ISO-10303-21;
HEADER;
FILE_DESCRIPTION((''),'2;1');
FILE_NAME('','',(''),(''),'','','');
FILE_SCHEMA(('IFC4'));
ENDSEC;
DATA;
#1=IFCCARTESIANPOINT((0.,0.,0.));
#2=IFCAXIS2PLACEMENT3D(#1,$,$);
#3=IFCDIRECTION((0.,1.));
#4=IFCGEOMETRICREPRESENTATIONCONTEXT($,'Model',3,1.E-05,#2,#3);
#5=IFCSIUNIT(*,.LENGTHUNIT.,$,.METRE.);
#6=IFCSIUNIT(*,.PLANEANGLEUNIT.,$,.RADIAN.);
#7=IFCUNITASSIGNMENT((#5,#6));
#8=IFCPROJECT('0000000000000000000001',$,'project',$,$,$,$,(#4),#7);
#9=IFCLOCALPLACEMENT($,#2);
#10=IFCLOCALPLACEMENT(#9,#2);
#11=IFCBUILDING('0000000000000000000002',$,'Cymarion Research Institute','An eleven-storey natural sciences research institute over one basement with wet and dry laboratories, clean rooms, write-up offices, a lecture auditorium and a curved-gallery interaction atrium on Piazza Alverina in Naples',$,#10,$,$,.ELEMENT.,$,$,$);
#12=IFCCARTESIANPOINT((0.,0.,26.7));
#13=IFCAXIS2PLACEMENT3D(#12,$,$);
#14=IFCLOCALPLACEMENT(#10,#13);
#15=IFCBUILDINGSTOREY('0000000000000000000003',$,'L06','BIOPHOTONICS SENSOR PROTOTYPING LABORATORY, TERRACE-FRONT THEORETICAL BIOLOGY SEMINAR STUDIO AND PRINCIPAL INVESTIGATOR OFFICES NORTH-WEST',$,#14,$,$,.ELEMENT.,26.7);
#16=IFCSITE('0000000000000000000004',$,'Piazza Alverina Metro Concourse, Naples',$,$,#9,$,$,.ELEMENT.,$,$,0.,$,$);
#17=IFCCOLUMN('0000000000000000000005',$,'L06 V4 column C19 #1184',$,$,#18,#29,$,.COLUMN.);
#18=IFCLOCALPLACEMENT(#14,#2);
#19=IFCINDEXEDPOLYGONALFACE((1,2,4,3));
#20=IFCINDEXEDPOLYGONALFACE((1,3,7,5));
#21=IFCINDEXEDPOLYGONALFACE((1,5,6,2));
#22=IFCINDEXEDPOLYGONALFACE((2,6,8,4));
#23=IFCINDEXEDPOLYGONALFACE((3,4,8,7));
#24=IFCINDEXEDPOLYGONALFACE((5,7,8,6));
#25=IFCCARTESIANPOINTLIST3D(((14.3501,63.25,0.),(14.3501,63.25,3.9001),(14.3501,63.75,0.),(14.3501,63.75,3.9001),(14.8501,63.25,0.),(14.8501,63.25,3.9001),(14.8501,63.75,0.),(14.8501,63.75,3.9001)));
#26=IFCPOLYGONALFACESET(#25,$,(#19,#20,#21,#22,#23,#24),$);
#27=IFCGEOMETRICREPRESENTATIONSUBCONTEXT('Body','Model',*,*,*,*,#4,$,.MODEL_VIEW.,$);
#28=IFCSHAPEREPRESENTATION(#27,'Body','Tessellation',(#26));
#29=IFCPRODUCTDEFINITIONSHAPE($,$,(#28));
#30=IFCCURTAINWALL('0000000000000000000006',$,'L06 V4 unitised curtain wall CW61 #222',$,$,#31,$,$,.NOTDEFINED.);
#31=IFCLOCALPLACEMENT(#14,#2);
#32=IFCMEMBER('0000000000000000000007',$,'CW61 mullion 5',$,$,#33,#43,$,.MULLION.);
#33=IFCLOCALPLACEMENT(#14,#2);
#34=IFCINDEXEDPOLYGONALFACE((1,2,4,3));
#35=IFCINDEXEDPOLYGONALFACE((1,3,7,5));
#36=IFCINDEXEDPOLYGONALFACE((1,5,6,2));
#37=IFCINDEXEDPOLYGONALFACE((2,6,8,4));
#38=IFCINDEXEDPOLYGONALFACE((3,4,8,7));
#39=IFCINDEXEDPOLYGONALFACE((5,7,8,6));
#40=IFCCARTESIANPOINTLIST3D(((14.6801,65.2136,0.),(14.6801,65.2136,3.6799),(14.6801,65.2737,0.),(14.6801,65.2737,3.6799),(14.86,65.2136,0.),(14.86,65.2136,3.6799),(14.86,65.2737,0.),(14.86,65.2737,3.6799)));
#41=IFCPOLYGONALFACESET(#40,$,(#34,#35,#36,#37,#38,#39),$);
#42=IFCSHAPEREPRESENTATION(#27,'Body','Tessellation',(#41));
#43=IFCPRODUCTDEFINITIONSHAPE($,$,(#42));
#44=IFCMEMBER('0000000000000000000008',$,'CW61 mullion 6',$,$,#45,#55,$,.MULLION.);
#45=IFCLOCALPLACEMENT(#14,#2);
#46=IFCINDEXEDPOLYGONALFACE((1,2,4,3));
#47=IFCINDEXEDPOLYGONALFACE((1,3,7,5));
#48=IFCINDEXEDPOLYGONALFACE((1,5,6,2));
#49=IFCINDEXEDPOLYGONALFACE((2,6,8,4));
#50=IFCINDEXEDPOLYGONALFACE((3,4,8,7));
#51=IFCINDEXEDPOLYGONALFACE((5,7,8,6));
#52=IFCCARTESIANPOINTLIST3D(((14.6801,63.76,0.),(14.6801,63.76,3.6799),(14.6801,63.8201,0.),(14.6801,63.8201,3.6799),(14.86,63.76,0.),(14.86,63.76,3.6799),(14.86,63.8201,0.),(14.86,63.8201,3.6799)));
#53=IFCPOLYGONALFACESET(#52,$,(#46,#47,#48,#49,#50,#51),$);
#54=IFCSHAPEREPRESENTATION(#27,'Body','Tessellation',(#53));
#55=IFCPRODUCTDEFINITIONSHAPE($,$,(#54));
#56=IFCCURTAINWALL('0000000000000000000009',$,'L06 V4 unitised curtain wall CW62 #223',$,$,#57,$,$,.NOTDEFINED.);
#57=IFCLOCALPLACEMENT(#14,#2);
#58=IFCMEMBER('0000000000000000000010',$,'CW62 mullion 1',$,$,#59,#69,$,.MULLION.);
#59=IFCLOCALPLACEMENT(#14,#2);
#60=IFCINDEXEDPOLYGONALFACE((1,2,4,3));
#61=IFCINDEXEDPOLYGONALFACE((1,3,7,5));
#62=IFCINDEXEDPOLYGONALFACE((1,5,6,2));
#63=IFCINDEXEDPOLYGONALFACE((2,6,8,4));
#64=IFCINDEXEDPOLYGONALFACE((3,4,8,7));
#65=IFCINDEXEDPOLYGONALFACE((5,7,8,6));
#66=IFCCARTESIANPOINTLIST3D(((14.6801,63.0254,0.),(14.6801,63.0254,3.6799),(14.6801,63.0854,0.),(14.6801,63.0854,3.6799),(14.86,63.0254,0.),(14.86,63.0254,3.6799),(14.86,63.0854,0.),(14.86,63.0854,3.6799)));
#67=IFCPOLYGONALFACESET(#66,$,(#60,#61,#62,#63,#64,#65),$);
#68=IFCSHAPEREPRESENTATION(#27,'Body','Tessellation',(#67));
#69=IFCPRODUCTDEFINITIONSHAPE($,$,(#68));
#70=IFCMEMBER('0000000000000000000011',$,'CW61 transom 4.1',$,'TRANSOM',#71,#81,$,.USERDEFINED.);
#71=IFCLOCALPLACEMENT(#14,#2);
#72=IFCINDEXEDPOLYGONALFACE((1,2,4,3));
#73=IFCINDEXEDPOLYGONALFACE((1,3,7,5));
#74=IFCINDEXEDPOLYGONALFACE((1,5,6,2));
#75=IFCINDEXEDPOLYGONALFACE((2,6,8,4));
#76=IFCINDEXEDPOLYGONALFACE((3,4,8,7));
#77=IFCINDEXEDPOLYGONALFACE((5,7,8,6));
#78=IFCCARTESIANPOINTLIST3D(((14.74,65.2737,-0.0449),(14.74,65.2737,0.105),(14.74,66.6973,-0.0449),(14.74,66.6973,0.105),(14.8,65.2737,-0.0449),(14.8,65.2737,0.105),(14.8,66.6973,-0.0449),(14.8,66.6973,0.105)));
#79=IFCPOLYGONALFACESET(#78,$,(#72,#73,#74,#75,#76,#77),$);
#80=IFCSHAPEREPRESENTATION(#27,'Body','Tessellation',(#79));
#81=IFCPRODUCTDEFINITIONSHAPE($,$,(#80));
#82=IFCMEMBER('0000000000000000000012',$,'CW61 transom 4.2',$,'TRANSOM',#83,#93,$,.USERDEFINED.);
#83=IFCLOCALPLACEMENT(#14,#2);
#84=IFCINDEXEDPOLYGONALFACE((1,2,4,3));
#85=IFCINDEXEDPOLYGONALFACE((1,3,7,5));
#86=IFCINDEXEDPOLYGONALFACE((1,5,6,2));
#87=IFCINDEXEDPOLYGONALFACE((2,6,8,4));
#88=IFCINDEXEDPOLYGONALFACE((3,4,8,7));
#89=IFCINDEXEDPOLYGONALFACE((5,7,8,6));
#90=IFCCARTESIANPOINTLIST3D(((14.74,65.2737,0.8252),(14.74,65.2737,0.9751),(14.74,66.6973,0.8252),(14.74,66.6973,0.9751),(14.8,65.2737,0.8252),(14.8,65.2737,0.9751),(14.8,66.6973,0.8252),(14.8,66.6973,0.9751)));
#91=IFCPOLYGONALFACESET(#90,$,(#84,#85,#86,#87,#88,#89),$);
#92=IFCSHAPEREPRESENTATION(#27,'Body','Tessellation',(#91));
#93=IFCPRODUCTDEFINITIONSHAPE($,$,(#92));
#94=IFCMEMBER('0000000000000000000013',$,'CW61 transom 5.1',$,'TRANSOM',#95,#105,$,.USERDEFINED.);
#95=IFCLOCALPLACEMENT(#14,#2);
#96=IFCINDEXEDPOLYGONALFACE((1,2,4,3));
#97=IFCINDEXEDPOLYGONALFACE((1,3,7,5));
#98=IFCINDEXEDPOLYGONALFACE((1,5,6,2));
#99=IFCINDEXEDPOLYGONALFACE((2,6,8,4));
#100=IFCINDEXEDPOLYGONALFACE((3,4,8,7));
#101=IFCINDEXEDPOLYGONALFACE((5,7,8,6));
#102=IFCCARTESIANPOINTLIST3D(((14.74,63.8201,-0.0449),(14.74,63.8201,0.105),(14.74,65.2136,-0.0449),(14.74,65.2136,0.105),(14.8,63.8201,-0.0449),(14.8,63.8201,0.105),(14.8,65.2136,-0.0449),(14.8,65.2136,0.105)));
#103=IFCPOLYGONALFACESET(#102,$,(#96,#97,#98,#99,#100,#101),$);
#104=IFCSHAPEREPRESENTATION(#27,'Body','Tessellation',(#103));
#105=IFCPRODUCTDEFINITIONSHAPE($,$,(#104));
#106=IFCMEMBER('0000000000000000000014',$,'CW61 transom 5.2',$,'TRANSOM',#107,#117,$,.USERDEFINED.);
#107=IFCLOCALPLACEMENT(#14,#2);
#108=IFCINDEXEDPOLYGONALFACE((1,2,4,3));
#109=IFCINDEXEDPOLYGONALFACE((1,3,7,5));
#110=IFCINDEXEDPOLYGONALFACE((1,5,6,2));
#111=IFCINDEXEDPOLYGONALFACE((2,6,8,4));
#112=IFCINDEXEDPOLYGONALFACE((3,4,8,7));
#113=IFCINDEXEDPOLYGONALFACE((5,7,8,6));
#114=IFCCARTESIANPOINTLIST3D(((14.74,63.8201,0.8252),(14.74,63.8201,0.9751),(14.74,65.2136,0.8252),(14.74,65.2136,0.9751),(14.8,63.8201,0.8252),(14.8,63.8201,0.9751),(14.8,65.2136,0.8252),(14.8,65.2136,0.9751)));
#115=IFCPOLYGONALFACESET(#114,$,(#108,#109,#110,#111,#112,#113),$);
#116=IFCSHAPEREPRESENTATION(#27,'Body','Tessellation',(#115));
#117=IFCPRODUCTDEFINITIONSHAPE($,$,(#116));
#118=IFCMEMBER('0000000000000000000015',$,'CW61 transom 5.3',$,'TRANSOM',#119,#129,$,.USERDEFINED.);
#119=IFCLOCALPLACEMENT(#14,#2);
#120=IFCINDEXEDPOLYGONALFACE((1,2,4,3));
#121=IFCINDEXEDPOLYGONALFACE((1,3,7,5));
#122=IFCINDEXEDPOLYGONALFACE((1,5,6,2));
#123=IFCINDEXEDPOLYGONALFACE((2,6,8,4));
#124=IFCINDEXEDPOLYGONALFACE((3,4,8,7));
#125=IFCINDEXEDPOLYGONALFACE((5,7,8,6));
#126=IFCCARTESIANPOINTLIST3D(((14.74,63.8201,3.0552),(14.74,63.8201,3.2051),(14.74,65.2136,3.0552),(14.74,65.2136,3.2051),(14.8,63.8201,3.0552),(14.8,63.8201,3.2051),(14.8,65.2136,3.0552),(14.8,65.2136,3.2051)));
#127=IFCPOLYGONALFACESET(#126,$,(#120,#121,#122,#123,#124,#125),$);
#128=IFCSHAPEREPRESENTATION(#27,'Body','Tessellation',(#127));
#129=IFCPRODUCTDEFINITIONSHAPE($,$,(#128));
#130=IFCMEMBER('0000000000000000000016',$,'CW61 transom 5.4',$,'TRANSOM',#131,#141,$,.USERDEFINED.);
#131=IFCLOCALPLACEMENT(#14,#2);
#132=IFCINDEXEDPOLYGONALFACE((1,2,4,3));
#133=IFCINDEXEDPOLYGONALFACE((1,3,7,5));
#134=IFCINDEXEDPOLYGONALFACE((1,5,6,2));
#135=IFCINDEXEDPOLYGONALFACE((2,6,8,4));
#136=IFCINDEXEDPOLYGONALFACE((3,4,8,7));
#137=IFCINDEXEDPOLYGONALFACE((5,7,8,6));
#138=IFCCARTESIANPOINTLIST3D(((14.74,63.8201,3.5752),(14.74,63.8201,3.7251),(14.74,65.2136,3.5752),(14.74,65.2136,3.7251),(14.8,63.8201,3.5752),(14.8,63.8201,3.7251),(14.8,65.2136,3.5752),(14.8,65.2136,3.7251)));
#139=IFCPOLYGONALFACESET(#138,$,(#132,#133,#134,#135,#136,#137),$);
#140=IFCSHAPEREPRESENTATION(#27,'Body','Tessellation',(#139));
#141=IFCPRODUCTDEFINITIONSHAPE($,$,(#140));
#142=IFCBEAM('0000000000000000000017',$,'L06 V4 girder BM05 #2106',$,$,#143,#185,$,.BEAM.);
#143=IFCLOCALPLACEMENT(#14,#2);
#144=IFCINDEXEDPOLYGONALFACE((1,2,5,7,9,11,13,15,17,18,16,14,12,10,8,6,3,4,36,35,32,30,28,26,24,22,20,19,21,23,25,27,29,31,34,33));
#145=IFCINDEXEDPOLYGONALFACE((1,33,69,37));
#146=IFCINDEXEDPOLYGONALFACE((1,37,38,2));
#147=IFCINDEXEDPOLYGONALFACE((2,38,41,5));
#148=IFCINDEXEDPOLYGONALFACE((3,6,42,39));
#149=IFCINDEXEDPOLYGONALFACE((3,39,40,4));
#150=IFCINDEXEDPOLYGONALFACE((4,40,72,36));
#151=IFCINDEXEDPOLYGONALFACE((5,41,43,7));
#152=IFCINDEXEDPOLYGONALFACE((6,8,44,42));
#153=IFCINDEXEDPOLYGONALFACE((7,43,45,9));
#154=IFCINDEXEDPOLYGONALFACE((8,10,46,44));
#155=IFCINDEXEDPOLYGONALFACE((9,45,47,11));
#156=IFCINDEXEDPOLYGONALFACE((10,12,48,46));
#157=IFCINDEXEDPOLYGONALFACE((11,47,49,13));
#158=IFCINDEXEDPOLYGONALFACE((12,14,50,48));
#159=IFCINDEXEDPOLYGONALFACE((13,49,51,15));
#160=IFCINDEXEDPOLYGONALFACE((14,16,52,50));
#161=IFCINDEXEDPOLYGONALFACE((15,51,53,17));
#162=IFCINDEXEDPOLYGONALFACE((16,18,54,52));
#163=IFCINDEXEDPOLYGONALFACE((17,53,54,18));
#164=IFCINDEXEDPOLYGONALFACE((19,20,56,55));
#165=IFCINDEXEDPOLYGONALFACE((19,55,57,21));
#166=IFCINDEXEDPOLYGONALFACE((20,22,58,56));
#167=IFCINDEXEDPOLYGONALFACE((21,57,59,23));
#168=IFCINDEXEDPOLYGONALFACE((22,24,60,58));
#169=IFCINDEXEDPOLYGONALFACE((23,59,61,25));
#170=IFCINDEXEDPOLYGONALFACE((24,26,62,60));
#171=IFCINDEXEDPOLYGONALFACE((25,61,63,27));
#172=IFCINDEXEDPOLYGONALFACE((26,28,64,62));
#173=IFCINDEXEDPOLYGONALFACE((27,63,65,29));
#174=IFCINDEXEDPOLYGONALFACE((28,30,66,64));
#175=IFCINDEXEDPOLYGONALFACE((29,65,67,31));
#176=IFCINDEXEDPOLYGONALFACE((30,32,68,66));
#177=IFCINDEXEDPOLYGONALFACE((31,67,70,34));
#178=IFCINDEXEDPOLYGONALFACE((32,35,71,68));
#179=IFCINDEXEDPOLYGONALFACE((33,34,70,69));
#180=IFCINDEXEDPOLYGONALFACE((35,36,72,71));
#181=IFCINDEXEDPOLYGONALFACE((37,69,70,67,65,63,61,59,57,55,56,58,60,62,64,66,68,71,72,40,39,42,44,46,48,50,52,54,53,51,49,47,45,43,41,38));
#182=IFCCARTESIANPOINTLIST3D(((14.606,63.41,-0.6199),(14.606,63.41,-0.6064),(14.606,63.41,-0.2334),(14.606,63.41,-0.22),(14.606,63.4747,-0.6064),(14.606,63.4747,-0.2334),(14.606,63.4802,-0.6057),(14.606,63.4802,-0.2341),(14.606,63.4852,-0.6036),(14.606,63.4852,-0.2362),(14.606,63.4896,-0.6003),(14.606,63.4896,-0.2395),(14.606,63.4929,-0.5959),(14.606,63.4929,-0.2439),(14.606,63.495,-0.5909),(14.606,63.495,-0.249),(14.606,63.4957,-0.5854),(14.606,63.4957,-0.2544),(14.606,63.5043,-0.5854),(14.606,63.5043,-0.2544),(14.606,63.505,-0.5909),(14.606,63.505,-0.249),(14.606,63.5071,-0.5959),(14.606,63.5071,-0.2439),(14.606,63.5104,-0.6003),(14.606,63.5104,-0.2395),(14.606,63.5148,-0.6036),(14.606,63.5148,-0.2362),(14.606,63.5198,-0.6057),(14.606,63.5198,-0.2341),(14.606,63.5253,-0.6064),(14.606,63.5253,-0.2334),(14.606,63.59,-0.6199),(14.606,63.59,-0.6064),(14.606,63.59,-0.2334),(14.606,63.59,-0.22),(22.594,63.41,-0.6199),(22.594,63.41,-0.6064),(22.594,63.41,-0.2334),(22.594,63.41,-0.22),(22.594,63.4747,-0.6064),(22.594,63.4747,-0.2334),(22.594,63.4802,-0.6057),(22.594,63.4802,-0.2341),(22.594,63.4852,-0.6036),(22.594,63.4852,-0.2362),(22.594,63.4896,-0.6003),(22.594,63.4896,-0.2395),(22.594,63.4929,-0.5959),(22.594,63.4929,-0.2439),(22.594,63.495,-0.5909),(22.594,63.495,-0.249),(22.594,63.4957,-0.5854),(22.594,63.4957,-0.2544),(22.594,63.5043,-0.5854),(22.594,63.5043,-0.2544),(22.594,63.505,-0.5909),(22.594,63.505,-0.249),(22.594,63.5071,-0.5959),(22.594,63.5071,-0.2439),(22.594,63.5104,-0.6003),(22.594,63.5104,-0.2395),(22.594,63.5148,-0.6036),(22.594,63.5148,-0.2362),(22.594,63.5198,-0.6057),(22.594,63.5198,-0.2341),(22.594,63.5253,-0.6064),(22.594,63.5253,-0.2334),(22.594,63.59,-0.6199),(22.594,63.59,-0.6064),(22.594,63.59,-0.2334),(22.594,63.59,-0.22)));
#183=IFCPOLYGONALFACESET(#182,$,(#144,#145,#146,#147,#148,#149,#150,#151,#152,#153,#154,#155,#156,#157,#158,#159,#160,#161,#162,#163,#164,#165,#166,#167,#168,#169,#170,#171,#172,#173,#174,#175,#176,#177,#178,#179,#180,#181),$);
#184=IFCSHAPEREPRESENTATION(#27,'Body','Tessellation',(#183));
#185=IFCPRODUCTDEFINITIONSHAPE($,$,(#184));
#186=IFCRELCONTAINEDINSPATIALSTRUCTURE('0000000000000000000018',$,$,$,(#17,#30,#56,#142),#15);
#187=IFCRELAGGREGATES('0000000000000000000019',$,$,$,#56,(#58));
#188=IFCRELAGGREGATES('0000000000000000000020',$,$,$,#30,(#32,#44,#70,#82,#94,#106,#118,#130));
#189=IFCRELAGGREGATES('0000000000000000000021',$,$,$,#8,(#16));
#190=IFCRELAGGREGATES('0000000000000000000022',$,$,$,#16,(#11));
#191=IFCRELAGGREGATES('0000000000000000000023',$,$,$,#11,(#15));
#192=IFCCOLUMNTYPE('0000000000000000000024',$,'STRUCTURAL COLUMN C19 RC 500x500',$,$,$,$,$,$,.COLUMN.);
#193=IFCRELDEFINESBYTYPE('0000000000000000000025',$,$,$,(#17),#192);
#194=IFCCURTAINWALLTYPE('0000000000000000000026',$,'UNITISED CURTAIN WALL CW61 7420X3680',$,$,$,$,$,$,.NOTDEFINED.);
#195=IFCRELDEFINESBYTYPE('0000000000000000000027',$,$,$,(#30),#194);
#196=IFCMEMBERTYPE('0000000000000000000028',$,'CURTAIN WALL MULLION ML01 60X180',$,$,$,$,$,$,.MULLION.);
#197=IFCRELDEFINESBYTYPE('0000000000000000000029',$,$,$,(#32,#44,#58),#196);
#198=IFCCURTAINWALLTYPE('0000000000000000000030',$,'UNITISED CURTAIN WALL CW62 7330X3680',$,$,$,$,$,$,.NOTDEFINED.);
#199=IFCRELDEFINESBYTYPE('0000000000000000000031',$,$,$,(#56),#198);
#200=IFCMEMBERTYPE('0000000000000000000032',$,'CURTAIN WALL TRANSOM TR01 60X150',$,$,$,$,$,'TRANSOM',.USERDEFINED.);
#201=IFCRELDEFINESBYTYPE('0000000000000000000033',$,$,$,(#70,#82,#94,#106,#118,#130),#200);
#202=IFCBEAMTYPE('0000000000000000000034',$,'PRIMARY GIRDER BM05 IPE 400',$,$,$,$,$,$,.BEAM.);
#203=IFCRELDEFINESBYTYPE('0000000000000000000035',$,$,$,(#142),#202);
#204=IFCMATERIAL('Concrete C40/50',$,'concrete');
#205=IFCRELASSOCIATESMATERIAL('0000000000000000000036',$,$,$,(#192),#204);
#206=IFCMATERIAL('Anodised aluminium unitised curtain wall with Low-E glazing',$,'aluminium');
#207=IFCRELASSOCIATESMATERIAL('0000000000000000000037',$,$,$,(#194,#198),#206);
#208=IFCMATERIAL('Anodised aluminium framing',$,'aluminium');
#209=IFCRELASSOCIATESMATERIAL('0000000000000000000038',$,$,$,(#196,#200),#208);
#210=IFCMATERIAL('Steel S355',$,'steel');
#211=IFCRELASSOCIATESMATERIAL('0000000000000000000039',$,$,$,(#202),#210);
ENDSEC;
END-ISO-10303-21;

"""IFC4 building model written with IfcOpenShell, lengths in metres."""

from ifc_helpers import new_model, si_unit, direction, frame, origin, origin_2d, place, context, subcontext, project, spatial, rectangle, i_section, extrude, material, material_profile, profile_set, type_object, element, aggregate, save


model = new_model("IFC4")

# Units and contexts
model_context = context("Model", 3, precision=1e-05, world=origin(), true_north=direction((0.0, 1.0)))
body_context = subcontext(model_context, "Body", "Model", "MODEL_VIEW")
ifc_project = project(units=[si_unit("LENGTHUNIT", "METRE"), si_unit("PLANEANGLEUNIT", "RADIAN")], contexts=[model_context])

# Site, building, storey
site_placement = place(None, origin())
site = spatial("IfcSite", under=ifc_project, at=site_placement, Name="Piazza Alverina Metro Concourse, Naples", CompositionType="ELEMENT", RefElevation=0.0)
building_placement = place(site_placement, origin())
building = spatial("IfcBuilding", under=site, at=building_placement, Name="Cymarion Research Institute", Description="An eleven-storey natural sciences research institute over one basement with wet and dry laboratories, clean rooms, write-up offices, a lecture auditorium and a curved-gallery interaction atrium on Piazza Alverina in Naples", CompositionType="ELEMENT")
storey_placement = place(building_placement, frame((0.0, 0.0, 26.7)))
storey = spatial("IfcBuildingStorey", under=building, at=storey_placement, Name="L06", Description="BIOPHOTONICS SENSOR PROTOTYPING LABORATORY, TERRACE-FRONT THEORETICAL BIOLOGY SEMINAR STUDIO AND PRINCIPAL INVESTIGATOR OFFICES NORTH-WEST", CompositionType="ELEMENT", Elevation=26.7)

# Column
ifc_material_1 = material(Name="Concrete C40/50", Category="concrete")
ifc_material_profile_1 = material_profile(ifc_material_1, rectangle(XDim=0.5, YDim=0.5, at=origin_2d()), Name="RC 500x500")
ifc_profile_set_1 = profile_set([ifc_material_profile_1], Name="Concrete C40/50")
column_type = type_object("IfcColumnType", Name="STRUCTURAL COLUMN C19 RC 500x500", PredefinedType="COLUMN", material=ifc_profile_set_1)
column_placement = place(storey_placement, frame((14.6001, 63.5, 0.0), z_axis=(0.0, 0.0, 1.0), x_axis=(1.0, 0.0, 0.0)))
element("IfcColumn", 1, at=column_placement, inside=storey, type_object=column_type, Name="L06 V4 column C19 #1184", PredefinedType="COLUMN", context=body_context, shape_type="SweptSolid", body=[
    extrude(rectangle(XDim=0.5, YDim=0.5, at=origin_2d()), origin(), (0.0, 0.0, 1.0), 3.9001),
])

# Curtain wall, members
ifc_material_2 = material(Name="Anodised aluminium unitised curtain wall with Low-E glazing", Category="aluminium")
curtain_wall_type_1 = type_object("IfcCurtainWallType", Name="UNITISED CURTAIN WALL CW61 7420X3680", PredefinedType="NOTDEFINED", material=ifc_material_2)
curtain_wall_1_placement = place(storey_placement, origin())
curtain_wall_1 = element("IfcCurtainWall", 2, at=curtain_wall_1_placement, inside=storey, type_object=curtain_wall_type_1, Name="L06 V4 unitised curtain wall CW61 #222", PredefinedType="NOTDEFINED")
ifc_material_3 = material(Name="Anodised aluminium framing", Category="aluminium")
ifc_material_profile_2 = material_profile(ifc_material_3, rectangle(XDim=0.0601, YDim=0.1799, at=origin_2d()), Name="ALU MULLION 60x180")
ifc_profile_set_2 = profile_set([ifc_material_profile_2], Name="Anodised aluminium framing")
member_type_1 = type_object("IfcMemberType", Name="CURTAIN WALL MULLION ML01 60X180", PredefinedType="MULLION", material=ifc_profile_set_2)
member_1_placement = place(storey_placement, frame((14.77, 65.2437, 0.0), z_axis=(0.0, 0.0, 1.0), x_axis=(0.0, -1.0, 0.0)))
member_1 = element("IfcMember", 3, at=member_1_placement, type_object=member_type_1, Name="CW61 mullion 5", PredefinedType="MULLION", context=body_context, shape_type="SweptSolid", body=[
    extrude(rectangle(XDim=0.0601, YDim=0.1799, at=origin_2d()), origin(), (0.0, 0.0, 1.0), 3.6799),
])
member_2_placement = place(storey_placement, frame((14.77, 63.79, 0.0), z_axis=(0.0, 0.0, 1.0), x_axis=(0.0, -1.0, 0.0)))
member_2 = element("IfcMember", 4, at=member_2_placement, type_object=member_type_1, Name="CW61 mullion 6", PredefinedType="MULLION", context=body_context, shape_type="SweptSolid", body=[
    extrude(rectangle(XDim=0.0601, YDim=0.1799, at=origin_2d()), origin(), (0.0, 0.0, 1.0), 3.6799),
])

# Curtain wall, member
curtain_wall_type_2 = type_object("IfcCurtainWallType", Name="UNITISED CURTAIN WALL CW62 7330X3680", PredefinedType="NOTDEFINED", material=ifc_material_2)
curtain_wall_2_placement = place(storey_placement, origin())
curtain_wall_2 = element("IfcCurtainWall", 5, at=curtain_wall_2_placement, inside=storey, type_object=curtain_wall_type_2, Name="L06 V4 unitised curtain wall CW62 #223", PredefinedType="NOTDEFINED")
member_3_placement = place(storey_placement, frame((14.77, 63.0554, 0.0), z_axis=(0.0, 0.0, 1.0), x_axis=(0.0, -1.0, 0.0)))
member_3 = element("IfcMember", 6, at=member_3_placement, type_object=member_type_1, Name="CW62 mullion 1", PredefinedType="MULLION", context=body_context, shape_type="SweptSolid", body=[
    extrude(rectangle(XDim=0.0601, YDim=0.1799, at=origin_2d()), origin(), (0.0, 0.0, 1.0), 3.6799),
])
aggregate(curtain_wall_2, [member_3])

# Members
ifc_material_profile_3 = material_profile(ifc_material_3, rectangle(XDim=0.0601, YDim=0.1499, at=origin_2d()), Name="ALU TRANSOM 60x150")
ifc_profile_set_3 = profile_set([ifc_material_profile_3], Name="Anodised aluminium framing")
member_type_2 = type_object("IfcMemberType", Name="CURTAIN WALL TRANSOM TR01 60X150", ElementType="TRANSOM", PredefinedType="USERDEFINED", material=ifc_profile_set_3)
member_4_placement = place(storey_placement, frame((14.77, 66.6973, 0.03), z_axis=(0.0, -1.0, 0.0), x_axis=(1.0, 0.0, 0.0)))
member_4 = element("IfcMember", 7, at=member_4_placement, type_object=member_type_2, Name="CW61 transom 4.1", ObjectType="TRANSOM", PredefinedType="USERDEFINED", context=body_context, shape_type="SweptSolid", body=[
    extrude(rectangle(XDim=0.0601, YDim=0.1499, at=origin_2d()), origin(), (0.0, 0.0, 1.0), 1.4236),
])
member_5_placement = place(storey_placement, frame((14.77, 66.6973, 0.9001), z_axis=(0.0, -1.0, 0.0), x_axis=(1.0, 0.0, 0.0)))
member_5 = element("IfcMember", 8, at=member_5_placement, type_object=member_type_2, Name="CW61 transom 4.2", ObjectType="TRANSOM", PredefinedType="USERDEFINED", context=body_context, shape_type="SweptSolid", body=[
    extrude(rectangle(XDim=0.0601, YDim=0.1499, at=origin_2d()), origin(), (0.0, 0.0, 1.0), 1.4236),
])
member_6_placement = place(storey_placement, frame((14.77, 65.2136, 0.03), z_axis=(0.0, -1.0, 0.0), x_axis=(1.0, 0.0, 0.0)))
member_6 = element("IfcMember", 9, at=member_6_placement, type_object=member_type_2, Name="CW61 transom 5.1", ObjectType="TRANSOM", PredefinedType="USERDEFINED", context=body_context, shape_type="SweptSolid", body=[
    extrude(rectangle(XDim=0.0601, YDim=0.1499, at=origin_2d()), origin(), (0.0, 0.0, 1.0), 1.3936),
])
member_7_placement = place(storey_placement, frame((14.77, 65.2136, 0.9001), z_axis=(0.0, -1.0, 0.0), x_axis=(1.0, 0.0, 0.0)))
member_7 = element("IfcMember", 10, at=member_7_placement, type_object=member_type_2, Name="CW61 transom 5.2", ObjectType="TRANSOM", PredefinedType="USERDEFINED", context=body_context, shape_type="SweptSolid", body=[
    extrude(rectangle(XDim=0.0601, YDim=0.1499, at=origin_2d()), origin(), (0.0, 0.0, 1.0), 1.3936),
])
member_8_placement = place(storey_placement, frame((14.77, 65.2136, 3.1301), z_axis=(0.0, -1.0, 0.0), x_axis=(1.0, 0.0, 0.0)))
member_8 = element("IfcMember", 11, at=member_8_placement, type_object=member_type_2, Name="CW61 transom 5.3", ObjectType="TRANSOM", PredefinedType="USERDEFINED", context=body_context, shape_type="SweptSolid", body=[
    extrude(rectangle(XDim=0.0601, YDim=0.1499, at=origin_2d()), origin(), (0.0, 0.0, 1.0), 1.3936),
])
member_9_placement = place(storey_placement, frame((14.77, 65.2136, 3.6501), z_axis=(0.0, -1.0, 0.0), x_axis=(1.0, 0.0, 0.0)))
member_9 = element("IfcMember", 12, at=member_9_placement, type_object=member_type_2, Name="CW61 transom 5.4", ObjectType="TRANSOM", PredefinedType="USERDEFINED", context=body_context, shape_type="SweptSolid", body=[
    extrude(rectangle(XDim=0.0601, YDim=0.1499, at=origin_2d()), origin(), (0.0, 0.0, 1.0), 1.3936),
])

# Beam
ifc_material_4 = material(Name="Steel S355", Category="steel")
ifc_material_profile_4 = material_profile(ifc_material_4, i_section(OverallWidth=0.1799, OverallDepth=0.3999, WebThickness=0.0085, FlangeThickness=0.0134, FilletRadius=0.021, at=origin_2d()), Name="IPE 400")
ifc_profile_set_4 = profile_set([ifc_material_profile_4], Name="Steel S355")
beam_type = type_object("IfcBeamType", Name="PRIMARY GIRDER BM05 IPE 400", PredefinedType="BEAM", material=ifc_profile_set_4)
beam_1_placement = place(storey_placement, frame((14.606, 63.5, -0.4199), z_axis=(1.0, 0.0, 0.0), x_axis=(0.0, 1.0, 0.0)))
element("IfcBeam", 13, at=beam_1_placement, inside=storey, type_object=beam_type, Name="L06 V4 girder BM05 #2106", PredefinedType="BEAM", context=body_context, shape_type="SweptSolid", body=[
    extrude(i_section(OverallWidth=0.1799, OverallDepth=0.3999, WebThickness=0.0085, FlangeThickness=0.0134, FilletRadius=0.021, at=origin_2d()), origin(), (0.0, 0.0, 1.0), 7.988),
])

aggregate(curtain_wall_1, [member_1, member_2, member_4, member_5, member_6, member_7, member_8, member_9])

save(model, "model.ifc")
